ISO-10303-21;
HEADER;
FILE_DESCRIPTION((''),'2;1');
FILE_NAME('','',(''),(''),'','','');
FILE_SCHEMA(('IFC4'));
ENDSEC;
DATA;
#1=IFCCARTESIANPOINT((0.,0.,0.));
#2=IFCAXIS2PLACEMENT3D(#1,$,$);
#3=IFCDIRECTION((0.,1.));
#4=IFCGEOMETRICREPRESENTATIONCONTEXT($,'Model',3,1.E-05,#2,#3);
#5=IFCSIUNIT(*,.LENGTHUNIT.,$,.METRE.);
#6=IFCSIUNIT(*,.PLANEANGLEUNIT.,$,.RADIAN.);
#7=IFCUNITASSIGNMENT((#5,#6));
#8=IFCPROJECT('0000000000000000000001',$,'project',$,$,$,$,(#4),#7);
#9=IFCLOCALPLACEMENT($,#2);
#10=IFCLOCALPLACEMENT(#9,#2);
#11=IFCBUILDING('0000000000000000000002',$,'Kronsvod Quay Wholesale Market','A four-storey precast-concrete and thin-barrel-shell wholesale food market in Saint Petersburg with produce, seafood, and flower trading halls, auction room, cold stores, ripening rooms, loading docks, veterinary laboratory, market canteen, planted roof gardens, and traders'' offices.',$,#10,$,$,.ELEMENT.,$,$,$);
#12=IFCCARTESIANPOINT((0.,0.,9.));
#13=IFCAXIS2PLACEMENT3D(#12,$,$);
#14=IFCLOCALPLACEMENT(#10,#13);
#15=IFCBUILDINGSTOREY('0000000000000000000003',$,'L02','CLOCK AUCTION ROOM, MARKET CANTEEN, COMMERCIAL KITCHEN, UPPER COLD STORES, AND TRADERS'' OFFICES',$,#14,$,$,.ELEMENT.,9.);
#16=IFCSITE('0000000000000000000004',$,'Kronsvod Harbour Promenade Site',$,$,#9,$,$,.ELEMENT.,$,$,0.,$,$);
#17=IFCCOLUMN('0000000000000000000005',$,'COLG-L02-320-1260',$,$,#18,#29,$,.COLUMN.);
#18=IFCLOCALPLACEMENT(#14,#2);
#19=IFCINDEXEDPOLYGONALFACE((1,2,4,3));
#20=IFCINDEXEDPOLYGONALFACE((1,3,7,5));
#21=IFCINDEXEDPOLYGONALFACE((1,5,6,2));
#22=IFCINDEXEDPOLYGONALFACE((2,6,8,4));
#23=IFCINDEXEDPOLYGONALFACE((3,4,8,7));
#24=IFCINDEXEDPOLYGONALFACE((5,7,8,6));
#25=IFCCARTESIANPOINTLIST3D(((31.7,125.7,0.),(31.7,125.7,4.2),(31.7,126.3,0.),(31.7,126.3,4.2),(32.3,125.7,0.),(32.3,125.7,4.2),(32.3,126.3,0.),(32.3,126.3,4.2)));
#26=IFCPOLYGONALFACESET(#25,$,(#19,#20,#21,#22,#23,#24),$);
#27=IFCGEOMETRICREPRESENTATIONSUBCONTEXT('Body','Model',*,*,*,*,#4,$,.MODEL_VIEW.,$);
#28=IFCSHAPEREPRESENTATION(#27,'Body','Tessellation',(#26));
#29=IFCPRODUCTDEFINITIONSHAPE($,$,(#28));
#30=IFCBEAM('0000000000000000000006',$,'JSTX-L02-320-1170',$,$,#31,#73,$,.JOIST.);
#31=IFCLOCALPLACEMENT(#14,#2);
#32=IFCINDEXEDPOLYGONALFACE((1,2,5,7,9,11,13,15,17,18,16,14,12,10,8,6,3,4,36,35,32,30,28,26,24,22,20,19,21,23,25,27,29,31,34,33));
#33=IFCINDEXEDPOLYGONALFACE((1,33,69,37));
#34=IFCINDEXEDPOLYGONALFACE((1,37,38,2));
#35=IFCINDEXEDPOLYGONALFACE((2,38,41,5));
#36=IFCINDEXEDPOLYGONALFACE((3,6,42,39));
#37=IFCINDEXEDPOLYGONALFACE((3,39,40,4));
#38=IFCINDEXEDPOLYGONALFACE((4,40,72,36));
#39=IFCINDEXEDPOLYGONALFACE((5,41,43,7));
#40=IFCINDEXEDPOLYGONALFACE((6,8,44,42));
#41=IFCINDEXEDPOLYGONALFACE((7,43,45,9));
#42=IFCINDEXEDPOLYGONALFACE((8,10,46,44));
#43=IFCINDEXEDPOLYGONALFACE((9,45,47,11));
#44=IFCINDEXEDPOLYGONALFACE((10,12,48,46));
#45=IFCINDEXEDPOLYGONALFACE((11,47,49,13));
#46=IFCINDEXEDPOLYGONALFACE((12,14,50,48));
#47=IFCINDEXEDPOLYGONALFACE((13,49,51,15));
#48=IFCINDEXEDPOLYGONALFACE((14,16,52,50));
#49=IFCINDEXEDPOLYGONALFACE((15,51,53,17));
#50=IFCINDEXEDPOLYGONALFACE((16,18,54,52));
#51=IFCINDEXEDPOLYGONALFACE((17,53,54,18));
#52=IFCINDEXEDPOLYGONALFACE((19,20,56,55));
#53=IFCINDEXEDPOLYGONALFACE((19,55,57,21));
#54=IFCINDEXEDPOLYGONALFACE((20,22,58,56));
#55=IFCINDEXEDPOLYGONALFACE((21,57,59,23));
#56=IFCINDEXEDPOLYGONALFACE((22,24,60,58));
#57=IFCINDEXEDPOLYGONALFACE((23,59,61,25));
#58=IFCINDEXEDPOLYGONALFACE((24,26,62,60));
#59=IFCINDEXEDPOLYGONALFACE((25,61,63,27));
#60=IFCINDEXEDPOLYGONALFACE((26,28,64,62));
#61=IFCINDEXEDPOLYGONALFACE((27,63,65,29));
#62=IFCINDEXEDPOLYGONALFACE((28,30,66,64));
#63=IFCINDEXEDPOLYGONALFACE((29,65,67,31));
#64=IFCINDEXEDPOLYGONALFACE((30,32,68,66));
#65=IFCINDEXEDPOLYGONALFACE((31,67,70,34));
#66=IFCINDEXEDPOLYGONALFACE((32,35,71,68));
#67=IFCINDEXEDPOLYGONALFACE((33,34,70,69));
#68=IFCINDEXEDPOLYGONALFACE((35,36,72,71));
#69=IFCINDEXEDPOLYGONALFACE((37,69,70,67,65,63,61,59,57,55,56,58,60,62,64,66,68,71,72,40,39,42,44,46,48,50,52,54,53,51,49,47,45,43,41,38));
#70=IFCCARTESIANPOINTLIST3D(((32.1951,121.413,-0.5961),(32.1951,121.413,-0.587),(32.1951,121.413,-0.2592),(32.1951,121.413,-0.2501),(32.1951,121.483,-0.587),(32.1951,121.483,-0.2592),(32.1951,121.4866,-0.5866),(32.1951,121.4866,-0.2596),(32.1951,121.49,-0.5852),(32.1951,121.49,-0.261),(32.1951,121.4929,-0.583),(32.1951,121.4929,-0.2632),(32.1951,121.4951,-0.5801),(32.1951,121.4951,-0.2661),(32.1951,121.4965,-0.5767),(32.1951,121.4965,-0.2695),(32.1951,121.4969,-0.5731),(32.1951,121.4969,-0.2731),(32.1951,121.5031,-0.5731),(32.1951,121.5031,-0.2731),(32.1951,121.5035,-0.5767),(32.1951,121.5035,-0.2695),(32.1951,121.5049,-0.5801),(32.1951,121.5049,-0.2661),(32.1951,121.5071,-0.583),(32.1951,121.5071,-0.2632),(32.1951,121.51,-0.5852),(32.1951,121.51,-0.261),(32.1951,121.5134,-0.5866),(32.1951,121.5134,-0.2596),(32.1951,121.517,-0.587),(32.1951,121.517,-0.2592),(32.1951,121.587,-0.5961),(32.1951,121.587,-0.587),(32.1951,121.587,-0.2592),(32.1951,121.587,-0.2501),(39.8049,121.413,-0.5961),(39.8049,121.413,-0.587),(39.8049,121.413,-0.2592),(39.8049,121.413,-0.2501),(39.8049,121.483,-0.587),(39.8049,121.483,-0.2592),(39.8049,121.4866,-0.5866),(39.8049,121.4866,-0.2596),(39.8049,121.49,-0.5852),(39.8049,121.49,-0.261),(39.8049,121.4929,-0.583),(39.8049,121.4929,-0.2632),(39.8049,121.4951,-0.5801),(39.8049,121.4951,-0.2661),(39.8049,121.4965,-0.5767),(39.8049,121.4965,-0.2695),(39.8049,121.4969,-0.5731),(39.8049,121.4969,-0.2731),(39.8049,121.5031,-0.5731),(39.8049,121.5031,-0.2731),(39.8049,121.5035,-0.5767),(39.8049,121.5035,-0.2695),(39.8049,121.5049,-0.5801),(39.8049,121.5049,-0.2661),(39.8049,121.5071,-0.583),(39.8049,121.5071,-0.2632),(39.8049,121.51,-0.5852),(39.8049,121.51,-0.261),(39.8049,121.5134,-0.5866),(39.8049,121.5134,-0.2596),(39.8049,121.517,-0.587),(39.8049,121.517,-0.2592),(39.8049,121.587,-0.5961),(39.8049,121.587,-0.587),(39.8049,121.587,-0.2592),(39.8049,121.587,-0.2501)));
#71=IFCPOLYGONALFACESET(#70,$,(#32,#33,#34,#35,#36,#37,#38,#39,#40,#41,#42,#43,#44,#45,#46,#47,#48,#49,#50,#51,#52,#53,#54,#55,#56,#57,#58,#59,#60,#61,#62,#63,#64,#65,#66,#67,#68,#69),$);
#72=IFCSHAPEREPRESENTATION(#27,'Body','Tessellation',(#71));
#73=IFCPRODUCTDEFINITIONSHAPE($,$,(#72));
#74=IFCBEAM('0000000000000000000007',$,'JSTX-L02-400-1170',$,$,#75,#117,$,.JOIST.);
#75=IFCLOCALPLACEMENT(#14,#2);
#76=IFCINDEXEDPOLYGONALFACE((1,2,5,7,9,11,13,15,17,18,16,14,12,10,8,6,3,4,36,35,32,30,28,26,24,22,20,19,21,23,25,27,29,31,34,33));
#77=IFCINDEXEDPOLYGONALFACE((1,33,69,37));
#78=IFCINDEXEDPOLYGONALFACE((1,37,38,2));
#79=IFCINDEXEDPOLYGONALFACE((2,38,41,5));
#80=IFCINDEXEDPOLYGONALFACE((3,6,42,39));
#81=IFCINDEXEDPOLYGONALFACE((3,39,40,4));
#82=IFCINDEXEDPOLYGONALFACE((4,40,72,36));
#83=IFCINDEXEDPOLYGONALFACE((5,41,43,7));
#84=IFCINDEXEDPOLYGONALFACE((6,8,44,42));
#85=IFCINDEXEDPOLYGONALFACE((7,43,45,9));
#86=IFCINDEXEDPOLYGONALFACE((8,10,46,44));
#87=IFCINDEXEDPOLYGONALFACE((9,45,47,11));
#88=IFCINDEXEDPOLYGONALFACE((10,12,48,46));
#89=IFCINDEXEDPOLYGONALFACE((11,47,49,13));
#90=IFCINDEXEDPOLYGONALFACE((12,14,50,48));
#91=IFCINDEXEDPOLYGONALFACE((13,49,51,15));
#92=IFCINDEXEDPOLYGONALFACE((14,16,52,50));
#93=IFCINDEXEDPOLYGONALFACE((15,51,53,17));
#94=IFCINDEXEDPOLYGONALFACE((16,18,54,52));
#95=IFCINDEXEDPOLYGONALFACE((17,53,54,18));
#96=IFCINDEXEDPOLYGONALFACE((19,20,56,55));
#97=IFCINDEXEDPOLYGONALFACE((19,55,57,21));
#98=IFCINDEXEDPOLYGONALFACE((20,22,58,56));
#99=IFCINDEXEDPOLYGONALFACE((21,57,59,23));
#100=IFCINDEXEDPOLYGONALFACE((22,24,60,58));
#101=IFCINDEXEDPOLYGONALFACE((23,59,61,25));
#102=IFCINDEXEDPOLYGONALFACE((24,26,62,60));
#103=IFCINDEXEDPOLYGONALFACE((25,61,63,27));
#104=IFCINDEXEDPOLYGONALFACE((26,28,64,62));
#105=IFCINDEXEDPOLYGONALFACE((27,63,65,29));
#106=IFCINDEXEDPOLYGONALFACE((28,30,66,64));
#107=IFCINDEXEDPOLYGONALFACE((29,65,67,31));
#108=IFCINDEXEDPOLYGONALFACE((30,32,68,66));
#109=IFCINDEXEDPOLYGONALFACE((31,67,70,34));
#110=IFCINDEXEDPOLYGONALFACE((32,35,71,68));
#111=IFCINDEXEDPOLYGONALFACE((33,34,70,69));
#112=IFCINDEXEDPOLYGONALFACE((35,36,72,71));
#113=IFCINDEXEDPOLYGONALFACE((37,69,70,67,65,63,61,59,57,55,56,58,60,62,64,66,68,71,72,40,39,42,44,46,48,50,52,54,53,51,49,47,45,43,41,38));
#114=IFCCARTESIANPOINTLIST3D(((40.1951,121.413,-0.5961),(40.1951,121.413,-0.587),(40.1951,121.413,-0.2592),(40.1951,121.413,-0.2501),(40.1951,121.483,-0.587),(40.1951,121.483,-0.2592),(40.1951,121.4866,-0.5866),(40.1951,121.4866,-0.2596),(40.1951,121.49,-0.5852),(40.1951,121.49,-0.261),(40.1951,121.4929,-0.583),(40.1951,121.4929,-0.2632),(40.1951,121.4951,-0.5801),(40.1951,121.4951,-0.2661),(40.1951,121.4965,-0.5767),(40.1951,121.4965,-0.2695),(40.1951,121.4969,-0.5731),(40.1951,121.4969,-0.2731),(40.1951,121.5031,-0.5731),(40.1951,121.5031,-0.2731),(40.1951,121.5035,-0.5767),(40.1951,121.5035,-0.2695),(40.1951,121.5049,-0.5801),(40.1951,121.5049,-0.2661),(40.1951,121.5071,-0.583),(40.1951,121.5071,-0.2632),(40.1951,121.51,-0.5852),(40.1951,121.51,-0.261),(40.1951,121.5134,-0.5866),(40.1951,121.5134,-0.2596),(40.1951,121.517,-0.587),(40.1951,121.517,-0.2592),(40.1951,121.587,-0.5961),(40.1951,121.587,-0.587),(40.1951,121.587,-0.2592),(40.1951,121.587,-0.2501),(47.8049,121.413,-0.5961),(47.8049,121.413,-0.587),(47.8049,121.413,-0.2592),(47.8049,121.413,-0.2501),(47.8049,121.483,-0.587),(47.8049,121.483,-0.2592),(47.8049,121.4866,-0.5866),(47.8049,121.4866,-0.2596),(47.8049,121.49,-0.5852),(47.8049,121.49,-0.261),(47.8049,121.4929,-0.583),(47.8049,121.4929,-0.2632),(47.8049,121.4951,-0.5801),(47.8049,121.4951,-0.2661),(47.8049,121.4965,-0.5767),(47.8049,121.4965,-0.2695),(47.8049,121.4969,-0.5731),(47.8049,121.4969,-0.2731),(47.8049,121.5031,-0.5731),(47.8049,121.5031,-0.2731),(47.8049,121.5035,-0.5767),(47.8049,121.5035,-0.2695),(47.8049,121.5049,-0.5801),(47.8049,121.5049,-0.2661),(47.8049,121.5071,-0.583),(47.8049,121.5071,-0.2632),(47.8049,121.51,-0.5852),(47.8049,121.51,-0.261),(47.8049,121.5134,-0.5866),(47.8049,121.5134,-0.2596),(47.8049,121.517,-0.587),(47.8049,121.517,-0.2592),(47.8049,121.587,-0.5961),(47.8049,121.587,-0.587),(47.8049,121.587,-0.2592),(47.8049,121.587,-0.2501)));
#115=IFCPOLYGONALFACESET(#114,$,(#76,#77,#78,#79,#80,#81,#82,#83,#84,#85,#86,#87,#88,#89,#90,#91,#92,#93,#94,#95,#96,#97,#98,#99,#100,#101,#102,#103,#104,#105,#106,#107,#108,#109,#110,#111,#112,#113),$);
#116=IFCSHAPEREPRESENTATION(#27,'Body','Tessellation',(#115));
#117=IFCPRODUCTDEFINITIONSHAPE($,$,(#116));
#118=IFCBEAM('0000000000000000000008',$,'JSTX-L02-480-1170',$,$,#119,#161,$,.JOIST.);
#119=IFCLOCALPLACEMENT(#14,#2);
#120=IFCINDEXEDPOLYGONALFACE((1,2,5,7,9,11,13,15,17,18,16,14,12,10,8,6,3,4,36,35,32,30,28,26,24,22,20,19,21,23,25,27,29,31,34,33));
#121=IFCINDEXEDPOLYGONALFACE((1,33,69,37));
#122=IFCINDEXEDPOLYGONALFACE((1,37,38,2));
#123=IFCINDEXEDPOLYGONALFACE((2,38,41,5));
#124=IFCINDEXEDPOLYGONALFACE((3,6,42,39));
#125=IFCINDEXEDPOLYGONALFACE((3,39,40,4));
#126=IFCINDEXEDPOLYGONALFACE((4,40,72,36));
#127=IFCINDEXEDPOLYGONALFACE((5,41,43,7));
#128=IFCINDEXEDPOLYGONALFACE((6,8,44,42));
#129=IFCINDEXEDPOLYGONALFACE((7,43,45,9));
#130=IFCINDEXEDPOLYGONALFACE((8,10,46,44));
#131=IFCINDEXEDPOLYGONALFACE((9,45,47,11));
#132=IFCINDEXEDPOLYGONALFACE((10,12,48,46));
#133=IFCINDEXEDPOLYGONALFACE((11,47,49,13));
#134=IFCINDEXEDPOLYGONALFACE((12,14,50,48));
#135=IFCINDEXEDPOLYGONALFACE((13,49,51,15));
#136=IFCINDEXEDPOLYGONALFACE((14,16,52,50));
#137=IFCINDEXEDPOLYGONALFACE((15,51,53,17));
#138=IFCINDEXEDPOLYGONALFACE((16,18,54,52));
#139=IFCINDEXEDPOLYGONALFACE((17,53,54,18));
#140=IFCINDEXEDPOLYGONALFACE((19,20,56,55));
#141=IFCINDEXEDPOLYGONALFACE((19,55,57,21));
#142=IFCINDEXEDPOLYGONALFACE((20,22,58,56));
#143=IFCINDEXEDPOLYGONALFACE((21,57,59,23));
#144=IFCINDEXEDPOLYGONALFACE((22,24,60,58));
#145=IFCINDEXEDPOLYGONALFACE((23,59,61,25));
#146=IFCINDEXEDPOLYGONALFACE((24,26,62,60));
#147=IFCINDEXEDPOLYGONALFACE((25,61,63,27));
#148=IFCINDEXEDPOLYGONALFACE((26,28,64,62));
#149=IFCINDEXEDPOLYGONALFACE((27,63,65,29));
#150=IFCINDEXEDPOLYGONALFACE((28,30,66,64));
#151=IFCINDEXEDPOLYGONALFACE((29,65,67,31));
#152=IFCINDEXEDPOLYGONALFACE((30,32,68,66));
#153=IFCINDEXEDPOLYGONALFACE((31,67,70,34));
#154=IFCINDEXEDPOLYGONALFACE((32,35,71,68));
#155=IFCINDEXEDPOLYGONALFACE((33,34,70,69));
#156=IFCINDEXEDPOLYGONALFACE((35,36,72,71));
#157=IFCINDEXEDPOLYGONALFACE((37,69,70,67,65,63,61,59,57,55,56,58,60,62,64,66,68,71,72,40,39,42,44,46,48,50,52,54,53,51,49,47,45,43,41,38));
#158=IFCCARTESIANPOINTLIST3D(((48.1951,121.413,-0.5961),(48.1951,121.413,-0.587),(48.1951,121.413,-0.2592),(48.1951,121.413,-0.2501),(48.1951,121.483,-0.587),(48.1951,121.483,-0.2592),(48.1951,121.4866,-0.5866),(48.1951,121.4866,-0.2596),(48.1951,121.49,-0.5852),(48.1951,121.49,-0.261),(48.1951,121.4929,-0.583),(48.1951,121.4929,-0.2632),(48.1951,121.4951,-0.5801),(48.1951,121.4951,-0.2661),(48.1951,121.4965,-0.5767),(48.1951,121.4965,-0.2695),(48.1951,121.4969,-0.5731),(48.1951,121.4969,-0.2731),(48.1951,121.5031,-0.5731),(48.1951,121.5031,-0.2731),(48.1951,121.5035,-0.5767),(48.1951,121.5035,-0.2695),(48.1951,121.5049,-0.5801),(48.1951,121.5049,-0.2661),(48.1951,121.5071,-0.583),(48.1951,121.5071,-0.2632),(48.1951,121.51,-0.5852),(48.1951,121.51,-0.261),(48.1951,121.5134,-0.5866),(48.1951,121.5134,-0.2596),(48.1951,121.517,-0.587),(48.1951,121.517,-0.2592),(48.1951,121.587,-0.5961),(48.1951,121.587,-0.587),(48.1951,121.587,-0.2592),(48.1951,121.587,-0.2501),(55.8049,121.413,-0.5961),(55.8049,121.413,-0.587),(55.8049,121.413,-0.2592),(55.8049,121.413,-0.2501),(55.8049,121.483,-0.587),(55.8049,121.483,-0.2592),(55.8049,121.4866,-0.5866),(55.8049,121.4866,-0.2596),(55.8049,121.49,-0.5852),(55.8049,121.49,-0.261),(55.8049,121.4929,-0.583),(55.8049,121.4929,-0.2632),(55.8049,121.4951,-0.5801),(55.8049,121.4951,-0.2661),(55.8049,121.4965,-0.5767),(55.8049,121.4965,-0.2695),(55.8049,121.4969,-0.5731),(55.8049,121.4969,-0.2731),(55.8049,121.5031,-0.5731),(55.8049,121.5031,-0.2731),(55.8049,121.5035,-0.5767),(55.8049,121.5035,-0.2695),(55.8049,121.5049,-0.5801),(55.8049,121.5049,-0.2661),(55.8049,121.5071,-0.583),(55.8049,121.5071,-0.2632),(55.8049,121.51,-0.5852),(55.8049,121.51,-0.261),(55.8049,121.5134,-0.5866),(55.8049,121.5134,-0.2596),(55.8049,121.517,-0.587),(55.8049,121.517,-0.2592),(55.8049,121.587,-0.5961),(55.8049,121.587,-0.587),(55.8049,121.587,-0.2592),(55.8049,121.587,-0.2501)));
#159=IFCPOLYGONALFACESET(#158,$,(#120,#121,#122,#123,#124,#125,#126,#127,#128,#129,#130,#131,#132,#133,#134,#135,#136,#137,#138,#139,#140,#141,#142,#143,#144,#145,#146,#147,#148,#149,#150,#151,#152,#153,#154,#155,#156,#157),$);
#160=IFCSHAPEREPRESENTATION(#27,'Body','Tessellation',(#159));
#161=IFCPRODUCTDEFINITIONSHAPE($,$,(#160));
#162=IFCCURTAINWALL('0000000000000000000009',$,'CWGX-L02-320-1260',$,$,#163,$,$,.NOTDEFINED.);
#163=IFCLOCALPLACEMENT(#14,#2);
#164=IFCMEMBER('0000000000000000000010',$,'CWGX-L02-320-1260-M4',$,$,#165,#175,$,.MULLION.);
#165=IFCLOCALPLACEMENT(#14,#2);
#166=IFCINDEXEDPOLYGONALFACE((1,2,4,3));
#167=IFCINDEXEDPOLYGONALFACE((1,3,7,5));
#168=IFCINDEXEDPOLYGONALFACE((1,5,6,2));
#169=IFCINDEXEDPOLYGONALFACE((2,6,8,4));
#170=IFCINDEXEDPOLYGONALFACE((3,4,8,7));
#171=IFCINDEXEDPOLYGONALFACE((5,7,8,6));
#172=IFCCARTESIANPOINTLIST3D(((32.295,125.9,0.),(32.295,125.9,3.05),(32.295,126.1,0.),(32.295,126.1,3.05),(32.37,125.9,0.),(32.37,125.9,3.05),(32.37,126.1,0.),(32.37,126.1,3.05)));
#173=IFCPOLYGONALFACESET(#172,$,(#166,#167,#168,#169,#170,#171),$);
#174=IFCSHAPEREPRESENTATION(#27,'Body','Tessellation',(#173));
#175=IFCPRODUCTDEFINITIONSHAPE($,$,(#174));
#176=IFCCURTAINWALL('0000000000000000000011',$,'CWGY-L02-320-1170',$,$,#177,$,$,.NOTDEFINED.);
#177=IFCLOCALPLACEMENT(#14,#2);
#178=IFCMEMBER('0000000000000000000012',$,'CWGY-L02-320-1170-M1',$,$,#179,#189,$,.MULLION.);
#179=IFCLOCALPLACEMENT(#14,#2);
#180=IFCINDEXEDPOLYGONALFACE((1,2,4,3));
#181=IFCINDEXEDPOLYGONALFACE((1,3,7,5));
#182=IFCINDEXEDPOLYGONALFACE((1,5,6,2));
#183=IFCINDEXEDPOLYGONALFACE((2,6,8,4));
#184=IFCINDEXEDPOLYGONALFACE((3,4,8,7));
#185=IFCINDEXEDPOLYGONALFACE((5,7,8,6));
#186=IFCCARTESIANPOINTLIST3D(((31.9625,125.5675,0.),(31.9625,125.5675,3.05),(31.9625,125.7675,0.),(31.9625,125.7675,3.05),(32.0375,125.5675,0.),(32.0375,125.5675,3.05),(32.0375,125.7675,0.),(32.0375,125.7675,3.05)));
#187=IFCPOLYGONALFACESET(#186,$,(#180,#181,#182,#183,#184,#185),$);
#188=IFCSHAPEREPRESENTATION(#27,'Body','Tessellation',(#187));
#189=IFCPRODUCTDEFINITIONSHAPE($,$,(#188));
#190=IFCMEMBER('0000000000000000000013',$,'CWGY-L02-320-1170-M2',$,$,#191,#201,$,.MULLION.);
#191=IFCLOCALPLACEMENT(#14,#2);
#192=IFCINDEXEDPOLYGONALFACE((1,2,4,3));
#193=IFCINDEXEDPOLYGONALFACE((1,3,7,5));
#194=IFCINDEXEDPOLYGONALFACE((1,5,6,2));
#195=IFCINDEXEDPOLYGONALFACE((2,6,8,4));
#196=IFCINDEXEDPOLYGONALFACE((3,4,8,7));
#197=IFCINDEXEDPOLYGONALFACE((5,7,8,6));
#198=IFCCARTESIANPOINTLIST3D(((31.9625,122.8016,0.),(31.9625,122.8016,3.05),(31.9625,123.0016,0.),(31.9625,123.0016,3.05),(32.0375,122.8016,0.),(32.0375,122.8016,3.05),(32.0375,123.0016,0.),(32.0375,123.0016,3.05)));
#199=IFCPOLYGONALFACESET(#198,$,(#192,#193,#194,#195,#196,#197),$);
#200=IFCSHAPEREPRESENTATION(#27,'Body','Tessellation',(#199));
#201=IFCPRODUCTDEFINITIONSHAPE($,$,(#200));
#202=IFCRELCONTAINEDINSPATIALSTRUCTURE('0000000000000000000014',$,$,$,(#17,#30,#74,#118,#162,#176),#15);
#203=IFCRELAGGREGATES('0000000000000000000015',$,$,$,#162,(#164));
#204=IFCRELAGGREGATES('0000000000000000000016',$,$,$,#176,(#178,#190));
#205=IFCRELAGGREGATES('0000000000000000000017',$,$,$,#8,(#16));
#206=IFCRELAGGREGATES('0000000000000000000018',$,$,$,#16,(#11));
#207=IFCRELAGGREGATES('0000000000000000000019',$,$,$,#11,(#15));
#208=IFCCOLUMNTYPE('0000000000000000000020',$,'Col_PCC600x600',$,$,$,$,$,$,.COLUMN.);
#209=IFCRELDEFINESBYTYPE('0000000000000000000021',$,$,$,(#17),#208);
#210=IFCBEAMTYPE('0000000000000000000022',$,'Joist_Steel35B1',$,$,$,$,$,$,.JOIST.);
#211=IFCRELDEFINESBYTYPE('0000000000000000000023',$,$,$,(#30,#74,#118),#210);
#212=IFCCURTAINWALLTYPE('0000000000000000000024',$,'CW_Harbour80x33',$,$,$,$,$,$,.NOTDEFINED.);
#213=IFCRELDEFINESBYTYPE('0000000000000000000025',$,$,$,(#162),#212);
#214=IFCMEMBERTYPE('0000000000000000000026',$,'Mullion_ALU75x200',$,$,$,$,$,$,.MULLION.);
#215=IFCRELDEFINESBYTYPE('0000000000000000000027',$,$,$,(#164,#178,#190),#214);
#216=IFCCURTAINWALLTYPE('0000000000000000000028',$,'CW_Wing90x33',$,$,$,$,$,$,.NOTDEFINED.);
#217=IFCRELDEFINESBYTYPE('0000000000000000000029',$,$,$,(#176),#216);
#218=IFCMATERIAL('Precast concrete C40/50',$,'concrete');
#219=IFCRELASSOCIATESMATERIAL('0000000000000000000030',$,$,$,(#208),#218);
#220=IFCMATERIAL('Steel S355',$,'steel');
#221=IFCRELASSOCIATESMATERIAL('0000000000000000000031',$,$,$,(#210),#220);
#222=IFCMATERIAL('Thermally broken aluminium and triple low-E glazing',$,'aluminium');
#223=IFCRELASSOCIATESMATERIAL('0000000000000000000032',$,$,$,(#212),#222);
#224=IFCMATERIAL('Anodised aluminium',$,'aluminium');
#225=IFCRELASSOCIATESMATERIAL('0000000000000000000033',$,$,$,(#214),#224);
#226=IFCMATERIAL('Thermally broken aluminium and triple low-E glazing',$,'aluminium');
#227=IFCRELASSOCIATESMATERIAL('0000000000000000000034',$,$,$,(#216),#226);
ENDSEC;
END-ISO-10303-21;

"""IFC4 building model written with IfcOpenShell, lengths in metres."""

from ifc_helpers import new_model, si_unit, direction, frame, origin, origin_2d, place, context, subcontext, project, spatial, rectangle, i_section, extrude, material, material_profile, profile_set, type_object, element, aggregate, save


model = new_model("IFC4")

# Units and contexts
model_context = context("Model", 3, precision=1e-05, world=origin(), true_north=direction((0.0, 1.0)))
body_context = subcontext(model_context, "Body", "Model", "MODEL_VIEW")
ifc_project = project(units=[si_unit("LENGTHUNIT", "METRE"), si_unit("PLANEANGLEUNIT", "RADIAN")], contexts=[model_context])

# Site, building, storey
site_placement = place(None, origin())
site = spatial("IfcSite", under=ifc_project, at=site_placement, Name="Kronsvod Harbour Promenade Site", CompositionType="ELEMENT", RefElevation=0.0)
building_placement = place(site_placement, origin())
building = spatial("IfcBuilding", under=site, at=building_placement, Name="Kronsvod Quay Wholesale Market", Description="A four-storey precast-concrete and thin-barrel-shell wholesale food market in Saint Petersburg with produce, seafood, and flower trading halls, auction room, cold stores, ripening rooms, loading docks, veterinary laboratory, market canteen, planted roof gardens, and traders' offices.", CompositionType="ELEMENT")
storey_placement = place(building_placement, frame((0.0, 0.0, 9.0)))
storey = spatial("IfcBuildingStorey", under=building, at=storey_placement, Name="L02", Description="CLOCK AUCTION ROOM, MARKET CANTEEN, COMMERCIAL KITCHEN, UPPER COLD STORES, AND TRADERS' OFFICES", CompositionType="ELEMENT", Elevation=9.0)

# Column
ifc_material_1 = material(Name="Precast concrete C40/50", Category="concrete")
ifc_material_profile_1 = material_profile(ifc_material_1, rectangle(XDim=0.6001, YDim=0.6001, at=origin_2d()), Name="PCC600x600")
ifc_profile_set_1 = profile_set([ifc_material_profile_1], Name="Precast concrete C40/50")
column_type = type_object("IfcColumnType", Name="Col_PCC600x600", PredefinedType="COLUMN", material=ifc_profile_set_1)
column_placement = place(storey_placement, frame((32.0, 126.0, 0.0), z_axis=(0.0, 0.0, 1.0), x_axis=(1.0, 0.0, 0.0)))
element("IfcColumn", 1, at=column_placement, inside=storey, type_object=column_type, Name="COLG-L02-320-1260", PredefinedType="COLUMN", context=body_context, shape_type="SweptSolid", body=[
    extrude(rectangle(XDim=0.6001, YDim=0.6001, at=origin_2d()), origin(), (0.0, 0.0, 1.0), 4.2),
])

# Beams
ifc_material_2 = material(Name="Steel S355", Category="steel")
ifc_material_profile_2 = material_profile(ifc_material_2, i_section(OverallWidth=0.1741, OverallDepth=0.3459, WebThickness=0.0061, FlangeThickness=0.009, FilletRadius=0.0139, at=origin_2d()), Name="35B1")
ifc_profile_set_2 = profile_set([ifc_material_profile_2], Name="Steel S355")
beam_type_1 = type_object("IfcBeamType", Name="Joist_Steel35B1", PredefinedType="JOIST", material=ifc_profile_set_2)
for number, where, z_axis, x_axis, name in (
    (2, (32.1951, 121.5, -0.4231), (1.0, 0.0, 0.0), (0.0, 1.0, 0.0), "JSTX-L02-320-1170"),
    (3, (40.1951, 121.5, -0.4231), (1.0, 0.0, 0.0), (0.0, 1.0, 0.0), "JSTX-L02-400-1170"),
    (4, (48.1951, 121.5, -0.4231), (1.0, 0.0, 0.0), (0.0, 1.0, 0.0), "JSTX-L02-480-1170"),
):
    element("IfcBeam", number, at=place(storey_placement, frame(where, z_axis=z_axis, x_axis=x_axis)), inside=storey, type_object=beam_type_1, Name=name, PredefinedType="JOIST", context=body_context, shape_type="SweptSolid", body=[
        extrude(i_section(OverallWidth=0.1741, OverallDepth=0.3459, WebThickness=0.0061, FlangeThickness=0.009, FilletRadius=0.0139, at=origin_2d()), origin(), (0.0, 0.0, 1.0), 7.6099),
    ])

# Curtain wall, member
ifc_material_3 = material(Name="Thermally broken aluminium and triple low-E glazing", Category="aluminium")
curtain_wall_type_1 = type_object("IfcCurtainWallType", Name="CW_Harbour80x33", PredefinedType="NOTDEFINED", material=ifc_material_3)
curtain_wall_1_placement = place(storey_placement, origin())
curtain_wall_1 = element("IfcCurtainWall", 5, at=curtain_wall_1_placement, inside=storey, type_object=curtain_wall_type_1, Name="CWGX-L02-320-1260", PredefinedType="NOTDEFINED")
ifc_material_4 = material(Name="Anodised aluminium", Category="aluminium")
ifc_material_profile_3 = material_profile(ifc_material_4, rectangle(XDim=0.075, YDim=0.2, at=origin_2d()), Name="ALUM75x200")
ifc_profile_set_3 = profile_set([ifc_material_profile_3], Name="Anodised aluminium")
member_type_1 = type_object("IfcMemberType", Name="Mullion_ALU75x200", PredefinedType="MULLION", material=ifc_profile_set_3)
member_1_placement = place(storey_placement, frame((32.3325, 126.0, 0.0), z_axis=(0.0, 0.0, 1.0), x_axis=(1.0, 0.0, 0.0)))
member_1 = element("IfcMember", 6, at=member_1_placement, type_object=member_type_1, Name="CWGX-L02-320-1260-M4", PredefinedType="MULLION", context=body_context, shape_type="SweptSolid", body=[
    extrude(rectangle(XDim=0.075, YDim=0.2, at=origin_2d()), origin(), (0.0, 0.0, 1.0), 3.05),
])
aggregate(curtain_wall_1, [member_1])

# Curtain wall, members
ifc_material_5 = material(Name="Thermally broken aluminium and triple low-E glazing", Category="aluminium")
curtain_wall_type_2 = type_object("IfcCurtainWallType", Name="CW_Wing90x33", PredefinedType="NOTDEFINED", material=ifc_material_5)
curtain_wall_2_placement = place(storey_placement, origin())
curtain_wall_2 = element("IfcCurtainWall", 7, at=curtain_wall_2_placement, inside=storey, type_object=curtain_wall_type_2, Name="CWGY-L02-320-1170", PredefinedType="NOTDEFINED")
member_2_placement = place(storey_placement, frame((32.0, 125.6675, 0.0), z_axis=(0.0, 0.0, 1.0), x_axis=(1.0, 0.0, 0.0)))
member_2 = element("IfcMember", 8, at=member_2_placement, type_object=member_type_1, Name="CWGY-L02-320-1170-M1", PredefinedType="MULLION", context=body_context, shape_type="SweptSolid", body=[
    extrude(rectangle(XDim=0.075, YDim=0.2, at=origin_2d()), origin(), (0.0, 0.0, 1.0), 3.05),
])
member_3_placement = place(storey_placement, frame((32.0, 122.9016, 0.0), z_axis=(0.0, 0.0, 1.0), x_axis=(1.0, 0.0, 0.0)))
member_3 = element("IfcMember", 9, at=member_3_placement, type_object=member_type_1, Name="CWGY-L02-320-1170-M2", PredefinedType="MULLION", context=body_context, shape_type="SweptSolid", body=[
    extrude(rectangle(XDim=0.075, YDim=0.2, at=origin_2d()), origin(), (0.0, 0.0, 1.0), 3.05),
])

aggregate(curtain_wall_2, [member_2, member_3])

save(model, "model.ifc")
